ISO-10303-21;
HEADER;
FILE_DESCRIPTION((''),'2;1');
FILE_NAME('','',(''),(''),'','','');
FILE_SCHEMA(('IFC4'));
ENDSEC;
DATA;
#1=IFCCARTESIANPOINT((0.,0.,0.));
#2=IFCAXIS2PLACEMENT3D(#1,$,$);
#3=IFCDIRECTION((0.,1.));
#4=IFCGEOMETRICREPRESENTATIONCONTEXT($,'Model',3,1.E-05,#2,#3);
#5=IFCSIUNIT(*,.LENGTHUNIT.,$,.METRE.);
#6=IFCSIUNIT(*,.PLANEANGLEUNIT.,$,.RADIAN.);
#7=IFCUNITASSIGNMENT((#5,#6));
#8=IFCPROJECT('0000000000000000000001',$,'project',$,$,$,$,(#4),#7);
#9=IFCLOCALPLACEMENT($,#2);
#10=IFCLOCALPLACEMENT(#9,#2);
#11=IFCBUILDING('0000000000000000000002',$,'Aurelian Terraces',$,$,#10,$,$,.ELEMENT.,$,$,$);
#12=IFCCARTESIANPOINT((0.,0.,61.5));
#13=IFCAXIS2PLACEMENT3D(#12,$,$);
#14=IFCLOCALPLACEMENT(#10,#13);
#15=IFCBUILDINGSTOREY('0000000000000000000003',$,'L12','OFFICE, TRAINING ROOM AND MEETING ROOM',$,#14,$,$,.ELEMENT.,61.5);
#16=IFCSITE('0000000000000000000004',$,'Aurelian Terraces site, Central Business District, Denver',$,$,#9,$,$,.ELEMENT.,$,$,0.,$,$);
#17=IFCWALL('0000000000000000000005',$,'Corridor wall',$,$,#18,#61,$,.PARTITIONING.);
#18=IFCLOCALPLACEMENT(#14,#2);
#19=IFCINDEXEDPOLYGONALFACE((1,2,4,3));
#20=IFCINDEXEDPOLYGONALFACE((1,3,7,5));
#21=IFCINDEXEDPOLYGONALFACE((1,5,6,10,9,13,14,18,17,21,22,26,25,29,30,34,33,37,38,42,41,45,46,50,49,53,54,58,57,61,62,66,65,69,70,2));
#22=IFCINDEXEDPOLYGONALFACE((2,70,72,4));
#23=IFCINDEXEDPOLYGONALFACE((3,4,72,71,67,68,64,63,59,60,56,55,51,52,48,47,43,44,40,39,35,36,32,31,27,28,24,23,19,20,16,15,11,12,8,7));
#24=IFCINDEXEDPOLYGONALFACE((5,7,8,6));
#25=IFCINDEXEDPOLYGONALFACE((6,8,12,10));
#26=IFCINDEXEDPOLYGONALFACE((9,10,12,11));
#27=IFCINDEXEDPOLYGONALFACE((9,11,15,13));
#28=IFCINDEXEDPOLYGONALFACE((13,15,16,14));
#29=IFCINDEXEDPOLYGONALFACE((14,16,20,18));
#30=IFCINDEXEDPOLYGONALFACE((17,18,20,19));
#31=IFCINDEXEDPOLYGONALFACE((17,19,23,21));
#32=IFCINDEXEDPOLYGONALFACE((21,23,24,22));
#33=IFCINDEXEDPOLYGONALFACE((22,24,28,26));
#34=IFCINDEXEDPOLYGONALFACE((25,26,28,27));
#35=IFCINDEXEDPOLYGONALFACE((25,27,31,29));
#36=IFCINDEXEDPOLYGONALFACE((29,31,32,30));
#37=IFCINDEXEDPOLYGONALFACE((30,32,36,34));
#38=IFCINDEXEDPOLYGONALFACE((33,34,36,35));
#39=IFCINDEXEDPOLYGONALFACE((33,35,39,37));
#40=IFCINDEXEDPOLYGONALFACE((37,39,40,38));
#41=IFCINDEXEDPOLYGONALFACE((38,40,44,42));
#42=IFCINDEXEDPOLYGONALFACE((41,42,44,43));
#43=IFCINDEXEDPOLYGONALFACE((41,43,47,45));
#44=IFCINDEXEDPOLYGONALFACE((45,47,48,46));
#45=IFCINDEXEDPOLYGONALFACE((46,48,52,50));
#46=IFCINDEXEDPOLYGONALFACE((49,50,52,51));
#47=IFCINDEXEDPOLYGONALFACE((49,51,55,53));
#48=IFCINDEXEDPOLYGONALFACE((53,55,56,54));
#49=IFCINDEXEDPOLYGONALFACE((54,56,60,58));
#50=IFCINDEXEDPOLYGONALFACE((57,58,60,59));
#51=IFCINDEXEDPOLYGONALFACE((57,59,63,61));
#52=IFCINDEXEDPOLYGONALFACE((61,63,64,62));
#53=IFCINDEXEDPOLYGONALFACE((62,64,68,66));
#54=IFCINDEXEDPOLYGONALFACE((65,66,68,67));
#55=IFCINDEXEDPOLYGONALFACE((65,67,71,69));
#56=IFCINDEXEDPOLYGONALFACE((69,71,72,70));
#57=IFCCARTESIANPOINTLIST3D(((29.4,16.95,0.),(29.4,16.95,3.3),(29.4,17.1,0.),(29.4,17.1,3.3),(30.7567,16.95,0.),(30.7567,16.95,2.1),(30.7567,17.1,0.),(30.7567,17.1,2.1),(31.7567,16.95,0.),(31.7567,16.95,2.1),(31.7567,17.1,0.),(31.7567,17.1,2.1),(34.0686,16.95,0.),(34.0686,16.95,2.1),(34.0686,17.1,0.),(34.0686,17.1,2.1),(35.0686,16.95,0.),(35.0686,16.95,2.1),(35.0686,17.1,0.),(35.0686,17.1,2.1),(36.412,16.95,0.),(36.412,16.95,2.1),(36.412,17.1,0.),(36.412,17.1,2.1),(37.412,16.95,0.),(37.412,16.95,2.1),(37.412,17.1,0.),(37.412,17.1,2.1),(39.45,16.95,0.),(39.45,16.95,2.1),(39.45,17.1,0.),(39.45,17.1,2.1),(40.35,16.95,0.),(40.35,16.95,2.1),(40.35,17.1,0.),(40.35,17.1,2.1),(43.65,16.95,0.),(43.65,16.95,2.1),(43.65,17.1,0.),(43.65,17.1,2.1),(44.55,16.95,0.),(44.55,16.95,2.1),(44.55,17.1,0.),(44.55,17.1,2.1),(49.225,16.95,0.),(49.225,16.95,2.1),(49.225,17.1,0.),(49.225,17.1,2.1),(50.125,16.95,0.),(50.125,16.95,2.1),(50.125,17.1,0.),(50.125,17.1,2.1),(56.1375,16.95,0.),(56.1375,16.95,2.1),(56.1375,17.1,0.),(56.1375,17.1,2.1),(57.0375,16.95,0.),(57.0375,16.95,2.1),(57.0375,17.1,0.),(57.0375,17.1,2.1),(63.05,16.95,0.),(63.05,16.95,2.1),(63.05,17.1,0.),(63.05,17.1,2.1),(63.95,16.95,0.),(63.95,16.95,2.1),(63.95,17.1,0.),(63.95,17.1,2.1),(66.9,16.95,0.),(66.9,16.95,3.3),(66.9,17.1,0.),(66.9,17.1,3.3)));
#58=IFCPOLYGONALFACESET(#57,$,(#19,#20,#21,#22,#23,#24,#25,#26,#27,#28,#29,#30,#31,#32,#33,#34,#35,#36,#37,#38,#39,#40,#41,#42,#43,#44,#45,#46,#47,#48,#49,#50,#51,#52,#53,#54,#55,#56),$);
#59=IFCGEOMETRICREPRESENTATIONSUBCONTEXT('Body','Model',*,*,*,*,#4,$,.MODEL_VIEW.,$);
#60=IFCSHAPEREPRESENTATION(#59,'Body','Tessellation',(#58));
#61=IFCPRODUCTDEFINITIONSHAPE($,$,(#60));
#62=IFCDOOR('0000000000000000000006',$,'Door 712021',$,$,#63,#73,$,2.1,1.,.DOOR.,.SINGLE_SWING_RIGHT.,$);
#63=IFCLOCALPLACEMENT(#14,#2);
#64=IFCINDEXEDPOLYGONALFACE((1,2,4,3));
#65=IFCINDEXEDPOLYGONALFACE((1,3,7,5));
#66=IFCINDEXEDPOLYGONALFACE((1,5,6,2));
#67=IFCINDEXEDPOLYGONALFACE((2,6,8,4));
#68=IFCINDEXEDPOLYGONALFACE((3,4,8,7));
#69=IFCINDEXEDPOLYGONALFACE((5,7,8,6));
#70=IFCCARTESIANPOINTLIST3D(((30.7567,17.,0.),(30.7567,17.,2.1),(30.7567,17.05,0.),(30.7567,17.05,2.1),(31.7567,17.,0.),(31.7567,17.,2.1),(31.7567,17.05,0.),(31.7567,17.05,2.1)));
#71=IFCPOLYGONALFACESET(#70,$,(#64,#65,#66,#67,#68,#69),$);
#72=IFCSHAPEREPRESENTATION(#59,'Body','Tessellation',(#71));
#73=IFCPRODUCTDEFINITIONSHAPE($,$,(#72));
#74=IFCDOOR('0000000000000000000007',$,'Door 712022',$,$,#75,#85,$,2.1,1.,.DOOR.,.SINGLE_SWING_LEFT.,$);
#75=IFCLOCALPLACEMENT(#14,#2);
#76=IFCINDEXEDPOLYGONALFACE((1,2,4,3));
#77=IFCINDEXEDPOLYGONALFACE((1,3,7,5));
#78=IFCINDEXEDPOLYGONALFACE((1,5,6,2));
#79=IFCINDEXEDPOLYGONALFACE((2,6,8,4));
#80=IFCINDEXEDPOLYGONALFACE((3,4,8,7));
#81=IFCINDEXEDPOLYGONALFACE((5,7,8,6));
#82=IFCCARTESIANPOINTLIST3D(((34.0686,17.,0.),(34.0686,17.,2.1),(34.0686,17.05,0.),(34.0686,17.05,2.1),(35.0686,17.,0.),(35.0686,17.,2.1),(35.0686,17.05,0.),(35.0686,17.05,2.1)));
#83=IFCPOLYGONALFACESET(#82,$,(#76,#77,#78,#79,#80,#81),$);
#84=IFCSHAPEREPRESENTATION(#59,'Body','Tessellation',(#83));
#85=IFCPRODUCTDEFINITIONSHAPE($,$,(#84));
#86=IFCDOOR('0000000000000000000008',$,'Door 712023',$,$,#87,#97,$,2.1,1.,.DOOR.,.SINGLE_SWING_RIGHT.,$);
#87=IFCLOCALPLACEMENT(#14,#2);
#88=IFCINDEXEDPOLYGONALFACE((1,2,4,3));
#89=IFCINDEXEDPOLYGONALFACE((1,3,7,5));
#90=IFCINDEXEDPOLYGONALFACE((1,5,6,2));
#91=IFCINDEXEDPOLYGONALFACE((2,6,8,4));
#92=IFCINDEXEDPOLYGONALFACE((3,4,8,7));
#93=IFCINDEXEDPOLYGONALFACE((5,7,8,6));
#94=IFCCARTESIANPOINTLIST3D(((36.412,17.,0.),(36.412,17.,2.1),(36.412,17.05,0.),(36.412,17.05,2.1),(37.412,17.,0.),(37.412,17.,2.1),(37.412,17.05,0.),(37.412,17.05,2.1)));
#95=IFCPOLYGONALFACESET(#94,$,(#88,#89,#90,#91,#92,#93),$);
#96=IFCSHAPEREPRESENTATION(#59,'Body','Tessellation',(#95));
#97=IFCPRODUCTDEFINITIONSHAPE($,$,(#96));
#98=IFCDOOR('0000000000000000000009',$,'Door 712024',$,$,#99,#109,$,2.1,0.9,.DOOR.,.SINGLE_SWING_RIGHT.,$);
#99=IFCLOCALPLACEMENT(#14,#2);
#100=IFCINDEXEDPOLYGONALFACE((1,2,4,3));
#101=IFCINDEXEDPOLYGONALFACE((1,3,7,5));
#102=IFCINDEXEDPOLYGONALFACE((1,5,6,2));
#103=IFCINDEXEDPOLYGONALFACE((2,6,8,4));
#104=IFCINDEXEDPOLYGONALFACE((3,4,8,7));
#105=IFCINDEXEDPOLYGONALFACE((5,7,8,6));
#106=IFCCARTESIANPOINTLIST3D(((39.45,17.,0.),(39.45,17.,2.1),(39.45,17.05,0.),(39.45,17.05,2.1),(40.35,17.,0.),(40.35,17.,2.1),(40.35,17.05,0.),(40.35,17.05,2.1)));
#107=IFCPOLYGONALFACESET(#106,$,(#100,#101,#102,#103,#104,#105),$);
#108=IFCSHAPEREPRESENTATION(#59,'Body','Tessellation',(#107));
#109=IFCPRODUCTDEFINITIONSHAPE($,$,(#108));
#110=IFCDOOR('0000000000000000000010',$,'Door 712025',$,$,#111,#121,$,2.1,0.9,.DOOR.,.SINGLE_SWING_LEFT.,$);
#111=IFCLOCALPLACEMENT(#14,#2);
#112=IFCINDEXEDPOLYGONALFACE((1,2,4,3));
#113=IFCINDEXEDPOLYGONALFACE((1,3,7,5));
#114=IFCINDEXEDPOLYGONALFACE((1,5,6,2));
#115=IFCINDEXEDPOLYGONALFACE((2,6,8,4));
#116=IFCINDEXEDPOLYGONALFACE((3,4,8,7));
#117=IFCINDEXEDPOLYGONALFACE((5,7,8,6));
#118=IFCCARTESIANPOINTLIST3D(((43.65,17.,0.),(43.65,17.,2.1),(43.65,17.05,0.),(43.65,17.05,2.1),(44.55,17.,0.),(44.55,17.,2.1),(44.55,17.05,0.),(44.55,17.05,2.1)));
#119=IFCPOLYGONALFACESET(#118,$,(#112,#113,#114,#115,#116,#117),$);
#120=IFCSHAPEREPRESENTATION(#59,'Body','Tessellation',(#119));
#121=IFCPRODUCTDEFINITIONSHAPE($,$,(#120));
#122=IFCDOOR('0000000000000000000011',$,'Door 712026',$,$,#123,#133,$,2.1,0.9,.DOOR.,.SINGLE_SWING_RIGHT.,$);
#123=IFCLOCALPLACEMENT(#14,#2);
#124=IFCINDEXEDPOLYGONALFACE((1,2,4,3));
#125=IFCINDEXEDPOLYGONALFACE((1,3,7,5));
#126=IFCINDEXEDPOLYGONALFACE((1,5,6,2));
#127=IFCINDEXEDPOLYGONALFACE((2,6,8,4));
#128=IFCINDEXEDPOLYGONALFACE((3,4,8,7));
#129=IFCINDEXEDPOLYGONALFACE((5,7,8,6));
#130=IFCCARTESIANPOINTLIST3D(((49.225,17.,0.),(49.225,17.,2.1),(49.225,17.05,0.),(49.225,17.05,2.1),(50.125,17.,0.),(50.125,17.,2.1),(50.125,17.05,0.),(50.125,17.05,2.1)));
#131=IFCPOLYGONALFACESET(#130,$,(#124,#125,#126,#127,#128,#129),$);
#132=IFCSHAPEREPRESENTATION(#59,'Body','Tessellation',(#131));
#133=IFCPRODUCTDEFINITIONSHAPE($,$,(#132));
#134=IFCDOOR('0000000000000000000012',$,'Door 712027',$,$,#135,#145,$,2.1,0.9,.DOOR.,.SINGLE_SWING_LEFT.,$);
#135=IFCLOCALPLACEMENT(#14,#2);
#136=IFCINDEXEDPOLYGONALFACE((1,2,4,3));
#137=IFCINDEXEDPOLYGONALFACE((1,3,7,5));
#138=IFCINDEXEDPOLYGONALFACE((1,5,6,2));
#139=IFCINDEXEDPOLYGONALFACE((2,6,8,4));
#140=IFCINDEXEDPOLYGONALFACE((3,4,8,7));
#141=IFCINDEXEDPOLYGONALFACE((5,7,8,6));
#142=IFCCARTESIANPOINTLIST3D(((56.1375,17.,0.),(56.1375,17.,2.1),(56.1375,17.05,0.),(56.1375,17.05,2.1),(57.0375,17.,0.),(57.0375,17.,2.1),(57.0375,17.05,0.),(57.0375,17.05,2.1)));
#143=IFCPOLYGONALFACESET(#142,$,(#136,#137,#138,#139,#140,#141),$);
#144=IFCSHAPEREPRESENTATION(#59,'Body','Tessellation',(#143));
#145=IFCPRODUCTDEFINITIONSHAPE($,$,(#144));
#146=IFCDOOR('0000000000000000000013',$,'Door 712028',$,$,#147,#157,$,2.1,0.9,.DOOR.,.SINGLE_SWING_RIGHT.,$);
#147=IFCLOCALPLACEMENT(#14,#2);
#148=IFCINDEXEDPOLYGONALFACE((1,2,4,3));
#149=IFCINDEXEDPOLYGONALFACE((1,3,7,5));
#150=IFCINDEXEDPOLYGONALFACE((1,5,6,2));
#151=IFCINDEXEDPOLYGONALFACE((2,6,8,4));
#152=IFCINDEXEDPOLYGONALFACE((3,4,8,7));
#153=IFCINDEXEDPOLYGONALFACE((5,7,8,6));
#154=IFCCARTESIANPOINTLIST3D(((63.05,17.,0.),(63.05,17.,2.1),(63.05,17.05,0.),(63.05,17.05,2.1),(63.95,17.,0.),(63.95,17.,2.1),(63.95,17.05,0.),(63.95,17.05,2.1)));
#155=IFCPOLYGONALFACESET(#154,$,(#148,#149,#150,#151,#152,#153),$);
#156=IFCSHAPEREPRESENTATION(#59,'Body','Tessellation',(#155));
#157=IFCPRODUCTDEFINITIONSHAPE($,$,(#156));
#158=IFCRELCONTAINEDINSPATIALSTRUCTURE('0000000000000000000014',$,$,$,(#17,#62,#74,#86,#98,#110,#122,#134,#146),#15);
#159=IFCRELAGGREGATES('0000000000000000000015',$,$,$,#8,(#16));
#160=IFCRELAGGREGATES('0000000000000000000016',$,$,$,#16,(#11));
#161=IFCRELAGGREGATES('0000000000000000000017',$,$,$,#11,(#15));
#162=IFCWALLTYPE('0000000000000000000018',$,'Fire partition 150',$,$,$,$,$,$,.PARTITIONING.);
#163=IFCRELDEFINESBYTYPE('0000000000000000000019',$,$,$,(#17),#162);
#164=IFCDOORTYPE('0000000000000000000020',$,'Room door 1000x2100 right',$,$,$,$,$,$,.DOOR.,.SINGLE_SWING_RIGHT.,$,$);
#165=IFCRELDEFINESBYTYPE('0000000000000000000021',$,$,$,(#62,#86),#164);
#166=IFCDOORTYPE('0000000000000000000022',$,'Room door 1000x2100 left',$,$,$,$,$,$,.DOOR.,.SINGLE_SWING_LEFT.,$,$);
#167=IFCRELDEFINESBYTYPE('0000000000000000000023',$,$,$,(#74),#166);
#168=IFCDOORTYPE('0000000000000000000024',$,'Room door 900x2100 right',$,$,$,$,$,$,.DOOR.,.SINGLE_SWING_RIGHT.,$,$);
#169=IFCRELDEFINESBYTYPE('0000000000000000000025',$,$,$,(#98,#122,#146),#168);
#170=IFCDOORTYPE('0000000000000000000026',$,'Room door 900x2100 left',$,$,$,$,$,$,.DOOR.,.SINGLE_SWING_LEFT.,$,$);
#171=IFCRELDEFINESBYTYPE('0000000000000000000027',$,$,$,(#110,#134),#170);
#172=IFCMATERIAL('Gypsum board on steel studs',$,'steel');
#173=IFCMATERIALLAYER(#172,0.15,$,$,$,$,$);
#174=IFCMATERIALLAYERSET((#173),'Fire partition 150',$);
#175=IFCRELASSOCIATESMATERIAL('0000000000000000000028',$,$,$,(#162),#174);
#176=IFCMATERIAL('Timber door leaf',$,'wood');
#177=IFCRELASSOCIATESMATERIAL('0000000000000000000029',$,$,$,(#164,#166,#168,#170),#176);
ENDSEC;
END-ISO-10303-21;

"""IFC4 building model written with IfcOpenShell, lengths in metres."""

from ifc_helpers import new_model, si_unit, direction, frame, frame_2d, origin, place, context, subcontext, project, spatial, rectangle, extrude, source, transform, mapped, material, layer, layer_set, type_object, element, fill, save


model = new_model("IFC4")

# Units and contexts
model_context = context("Model", 3, precision=1e-05, world=origin(), true_north=direction((0.0, 1.0)))
body_context = subcontext(model_context, "Body", "Model", "MODEL_VIEW")
ifc_project = project(units=[si_unit("LENGTHUNIT", "METRE"), si_unit("PLANEANGLEUNIT", "RADIAN")], contexts=[model_context])

# Site, building, storey
site_placement = place(None, origin())
site = spatial("IfcSite", under=ifc_project, at=site_placement, Name="Aurelian Terraces site, Central Business District, Denver", CompositionType="ELEMENT", RefElevation=0.0)
building_placement = place(site_placement, origin())
building = spatial("IfcBuilding", under=site, at=building_placement, Name="Aurelian Terraces", CompositionType="ELEMENT")
storey_placement = place(building_placement, frame((0.0, 0.0, 61.5)))
storey = spatial("IfcBuildingStorey", under=building, at=storey_placement, Name="L12", Description="OFFICE, TRAINING ROOM AND MEETING ROOM", CompositionType="ELEMENT", Elevation=61.5)

# Shared definitions
ifc_material_1 = material(Name="Gypsum board on steel studs", Category="steel")

# Wall, openings, doors
ifc_layer_1 = layer(ifc_material_1, 0.15)
ifc_layer_set_1 = layer_set([ifc_layer_1], Name="Fire partition 150")
wall_type_1 = type_object("IfcWallType", Name="Fire partition 150", PredefinedType="PARTITIONING", material=ifc_layer_set_1)
shared_shape_1 = source(origin(), body_context, "Body", "SweptSolid", [
    extrude(rectangle(XDim=37.5, YDim=0.15, at=frame_2d((18.75, 0.0))), origin(), (0.0, 0.0, 1.0), 3.3),
])
wall_1_placement = place(storey_placement, frame((29.4, 17.025, 0.0), z_axis=(0.0, 0.0, 1.0), x_axis=(1.0, 0.0, 0.0)))
wall_1 = element("IfcWall", 1, at=wall_1_placement, inside=storey, type_object=wall_type_1, Name="Corridor wall", PredefinedType="PARTITIONING", context=body_context, shape_type="MappedRepresentation", body=[
    mapped(shared_shape_1, transform((0.0, 0.0, 0.0), scale=1.0)),
])
shared_shape_2 = source(origin(), body_context, "Body", "SweptSolid", [
    extrude(rectangle(XDim=1.0, YDim=2.1, at=frame_2d((0.5, 1.05))), frame((0.0, 0.085, 0.0), z_axis=(0.0, -1.0, 0.0), x_axis=(1.0, 0.0, 0.0)), (0.0, 0.0, 1.0), 0.17),
])
opening_1_placement = place(wall_1_placement, frame((1.3567, 0.0, 0.0)))
opening_1 = element("IfcOpeningElement", 2, at=opening_1_placement, cuts=wall_1, PredefinedType="OPENING", context=body_context, shape_type="MappedRepresentation", body=[
    mapped(shared_shape_2, transform((0.0, 0.0, 0.0), scale=1.0)),
])
opening_2_placement = place(wall_1_placement, frame((4.6686, 0.0, 0.0)))
opening_2 = element("IfcOpeningElement", 3, at=opening_2_placement, cuts=wall_1, PredefinedType="OPENING", context=body_context, shape_type="MappedRepresentation", body=[
    mapped(shared_shape_2, transform((0.0, 0.0, 0.0), scale=1.0)),
])
opening_3_placement = place(wall_1_placement, frame((7.012, 0.0, 0.0)))
opening_3 = element("IfcOpeningElement", 4, at=opening_3_placement, cuts=wall_1, PredefinedType="OPENING", context=body_context, shape_type="MappedRepresentation", body=[
    mapped(shared_shape_2, transform((0.0, 0.0, 0.0), scale=1.0)),
])
shared_shape_3 = source(origin(), body_context, "Body", "SweptSolid", [
    extrude(rectangle(XDim=0.9, YDim=2.1, at=frame_2d((0.45, 1.05))), frame((0.0, 0.085, 0.0), z_axis=(0.0, -1.0, 0.0), x_axis=(1.0, 0.0, 0.0)), (0.0, 0.0, 1.0), 0.17),
])
opening_4_placement = place(wall_1_placement, frame((10.05, 0.0, 0.0)))
opening_4 = element("IfcOpeningElement", 5, at=opening_4_placement, cuts=wall_1, PredefinedType="OPENING", context=body_context, shape_type="MappedRepresentation", body=[
    mapped(shared_shape_3, transform((0.0, 0.0, 0.0), scale=1.0)),
])
opening_5_placement = place(wall_1_placement, frame((14.25, 0.0, 0.0)))
opening_5 = element("IfcOpeningElement", 6, at=opening_5_placement, cuts=wall_1, PredefinedType="OPENING", context=body_context, shape_type="MappedRepresentation", body=[
    mapped(shared_shape_3, transform((0.0, 0.0, 0.0), scale=1.0)),
])
opening_6_placement = place(wall_1_placement, frame((19.825, 0.0, 0.0)))
opening_6 = element("IfcOpeningElement", 7, at=opening_6_placement, cuts=wall_1, PredefinedType="OPENING", context=body_context, shape_type="MappedRepresentation", body=[
    mapped(shared_shape_3, transform((0.0, 0.0, 0.0), scale=1.0)),
])
opening_7_placement = place(wall_1_placement, frame((26.7375, 0.0, 0.0)))
opening_7 = element("IfcOpeningElement", 8, at=opening_7_placement, cuts=wall_1, PredefinedType="OPENING", context=body_context, shape_type="MappedRepresentation", body=[
    mapped(shared_shape_3, transform((0.0, 0.0, 0.0), scale=1.0)),
])
opening_8_placement = place(wall_1_placement, frame((33.65, 0.0, 0.0)))
opening_8 = element("IfcOpeningElement", 9, at=opening_8_placement, cuts=wall_1, PredefinedType="OPENING", context=body_context, shape_type="MappedRepresentation", body=[
    mapped(shared_shape_3, transform((0.0, 0.0, 0.0), scale=1.0)),
])
ifc_material_2 = material(Name="Timber door leaf", Category="wood")
door_type_1 = type_object("IfcDoorType", Name="Room door 1000x2100 right", OperationType="SINGLE_SWING_RIGHT", PredefinedType="DOOR", material=ifc_material_2)
shared_shape_4 = source(origin(), body_context, "Body", "SweptSolid", [
    extrude(rectangle(XDim=1.0, YDim=2.1, at=frame_2d((0.5, 1.05))), frame((0.0, 0.025, 0.0), z_axis=(0.0, -1.0, 0.0), x_axis=(1.0, 0.0, 0.0)), (0.0, 0.0, 1.0), 0.05),
])
door_1_placement = place(opening_1_placement, origin())
door_1 = element("IfcDoor", 10, at=door_1_placement, inside=storey, type_object=door_type_1, Name="Door 712021", OperationType="SINGLE_SWING_RIGHT", OverallHeight=2.1, OverallWidth=1.0, PredefinedType="DOOR", context=body_context, shape_type="MappedRepresentation", body=[
    mapped(shared_shape_4, transform((0.0, 0.0, 0.0), scale=1.0)),
])
fill(opening_1, door_1)
door_type_2 = type_object("IfcDoorType", Name="Room door 1000x2100 left", OperationType="SINGLE_SWING_LEFT", PredefinedType="DOOR", material=ifc_material_2)
door_2_placement = place(opening_2_placement, origin())
door_2 = element("IfcDoor", 11, at=door_2_placement, inside=storey, type_object=door_type_2, Name="Door 712022", OperationType="SINGLE_SWING_LEFT", OverallHeight=2.1, OverallWidth=1.0, PredefinedType="DOOR", context=body_context, shape_type="MappedRepresentation", body=[
    mapped(shared_shape_4, transform((0.0, 0.0, 0.0), scale=1.0)),
])
fill(opening_2, door_2)
door_3_placement = place(opening_3_placement, origin())
door_3 = element("IfcDoor", 12, at=door_3_placement, inside=storey, type_object=door_type_1, Name="Door 712023", OperationType="SINGLE_SWING_RIGHT", OverallHeight=2.1, OverallWidth=1.0, PredefinedType="DOOR", context=body_context, shape_type="MappedRepresentation", body=[
    mapped(shared_shape_4, transform((0.0, 0.0, 0.0), scale=1.0)),
])
fill(opening_3, door_3)
door_type_3 = type_object("IfcDoorType", Name="Room door 900x2100 right", OperationType="SINGLE_SWING_RIGHT", PredefinedType="DOOR", material=ifc_material_2)
shared_shape_5 = source(origin(), body_context, "Body", "SweptSolid", [
    extrude(rectangle(XDim=0.9, YDim=2.1, at=frame_2d((0.45, 1.05))), frame((0.0, 0.025, 0.0), z_axis=(0.0, -1.0, 0.0), x_axis=(1.0, 0.0, 0.0)), (0.0, 0.0, 1.0), 0.05),
])
door_4_placement = place(opening_4_placement, origin())
door_4 = element("IfcDoor", 13, at=door_4_placement, inside=storey, type_object=door_type_3, Name="Door 712024", OperationType="SINGLE_SWING_RIGHT", OverallHeight=2.1, OverallWidth=0.9, PredefinedType="DOOR", context=body_context, shape_type="MappedRepresentation", body=[
    mapped(shared_shape_5, transform((0.0, 0.0, 0.0), scale=1.0)),
])
fill(opening_4, door_4)
door_type_4 = type_object("IfcDoorType", Name="Room door 900x2100 left", OperationType="SINGLE_SWING_LEFT", PredefinedType="DOOR", material=ifc_material_2)
door_5_placement = place(opening_5_placement, origin())
door_5 = element("IfcDoor", 14, at=door_5_placement, inside=storey, type_object=door_type_4, Name="Door 712025", OperationType="SINGLE_SWING_LEFT", OverallHeight=2.1, OverallWidth=0.9, PredefinedType="DOOR", context=body_context, shape_type="MappedRepresentation", body=[
    mapped(shared_shape_5, transform((0.0, 0.0, 0.0), scale=1.0)),
])
fill(opening_5, door_5)
door_6_placement = place(opening_6_placement, origin())
door_6 = element("IfcDoor", 15, at=door_6_placement, inside=storey, type_object=door_type_3, Name="Door 712026", OperationType="SINGLE_SWING_RIGHT", OverallHeight=2.1, OverallWidth=0.9, PredefinedType="DOOR", context=body_context, shape_type="MappedRepresentation", body=[
    mapped(shared_shape_5, transform((0.0, 0.0, 0.0), scale=1.0)),
])
fill(opening_6, door_6)
door_7_placement = place(opening_7_placement, origin())
door_7 = element("IfcDoor", 16, at=door_7_placement, inside=storey, type_object=door_type_4, Name="Door 712027", OperationType="SINGLE_SWING_LEFT", OverallHeight=2.1, OverallWidth=0.9, PredefinedType="DOOR", context=body_context, shape_type="MappedRepresentation", body=[
    mapped(shared_shape_5, transform((0.0, 0.0, 0.0), scale=1.0)),
])
fill(opening_7, door_7)
door_8_placement = place(opening_8_placement, origin())
door_8 = element("IfcDoor", 17, at=door_8_placement, inside=storey, type_object=door_type_3, Name="Door 712028", OperationType="SINGLE_SWING_RIGHT", OverallHeight=2.1, OverallWidth=0.9, PredefinedType="DOOR", context=body_context, shape_type="MappedRepresentation", body=[
    mapped(shared_shape_5, transform((0.0, 0.0, 0.0), scale=1.0)),
])
fill(opening_8, door_8)

save(model, "model.ifc")
